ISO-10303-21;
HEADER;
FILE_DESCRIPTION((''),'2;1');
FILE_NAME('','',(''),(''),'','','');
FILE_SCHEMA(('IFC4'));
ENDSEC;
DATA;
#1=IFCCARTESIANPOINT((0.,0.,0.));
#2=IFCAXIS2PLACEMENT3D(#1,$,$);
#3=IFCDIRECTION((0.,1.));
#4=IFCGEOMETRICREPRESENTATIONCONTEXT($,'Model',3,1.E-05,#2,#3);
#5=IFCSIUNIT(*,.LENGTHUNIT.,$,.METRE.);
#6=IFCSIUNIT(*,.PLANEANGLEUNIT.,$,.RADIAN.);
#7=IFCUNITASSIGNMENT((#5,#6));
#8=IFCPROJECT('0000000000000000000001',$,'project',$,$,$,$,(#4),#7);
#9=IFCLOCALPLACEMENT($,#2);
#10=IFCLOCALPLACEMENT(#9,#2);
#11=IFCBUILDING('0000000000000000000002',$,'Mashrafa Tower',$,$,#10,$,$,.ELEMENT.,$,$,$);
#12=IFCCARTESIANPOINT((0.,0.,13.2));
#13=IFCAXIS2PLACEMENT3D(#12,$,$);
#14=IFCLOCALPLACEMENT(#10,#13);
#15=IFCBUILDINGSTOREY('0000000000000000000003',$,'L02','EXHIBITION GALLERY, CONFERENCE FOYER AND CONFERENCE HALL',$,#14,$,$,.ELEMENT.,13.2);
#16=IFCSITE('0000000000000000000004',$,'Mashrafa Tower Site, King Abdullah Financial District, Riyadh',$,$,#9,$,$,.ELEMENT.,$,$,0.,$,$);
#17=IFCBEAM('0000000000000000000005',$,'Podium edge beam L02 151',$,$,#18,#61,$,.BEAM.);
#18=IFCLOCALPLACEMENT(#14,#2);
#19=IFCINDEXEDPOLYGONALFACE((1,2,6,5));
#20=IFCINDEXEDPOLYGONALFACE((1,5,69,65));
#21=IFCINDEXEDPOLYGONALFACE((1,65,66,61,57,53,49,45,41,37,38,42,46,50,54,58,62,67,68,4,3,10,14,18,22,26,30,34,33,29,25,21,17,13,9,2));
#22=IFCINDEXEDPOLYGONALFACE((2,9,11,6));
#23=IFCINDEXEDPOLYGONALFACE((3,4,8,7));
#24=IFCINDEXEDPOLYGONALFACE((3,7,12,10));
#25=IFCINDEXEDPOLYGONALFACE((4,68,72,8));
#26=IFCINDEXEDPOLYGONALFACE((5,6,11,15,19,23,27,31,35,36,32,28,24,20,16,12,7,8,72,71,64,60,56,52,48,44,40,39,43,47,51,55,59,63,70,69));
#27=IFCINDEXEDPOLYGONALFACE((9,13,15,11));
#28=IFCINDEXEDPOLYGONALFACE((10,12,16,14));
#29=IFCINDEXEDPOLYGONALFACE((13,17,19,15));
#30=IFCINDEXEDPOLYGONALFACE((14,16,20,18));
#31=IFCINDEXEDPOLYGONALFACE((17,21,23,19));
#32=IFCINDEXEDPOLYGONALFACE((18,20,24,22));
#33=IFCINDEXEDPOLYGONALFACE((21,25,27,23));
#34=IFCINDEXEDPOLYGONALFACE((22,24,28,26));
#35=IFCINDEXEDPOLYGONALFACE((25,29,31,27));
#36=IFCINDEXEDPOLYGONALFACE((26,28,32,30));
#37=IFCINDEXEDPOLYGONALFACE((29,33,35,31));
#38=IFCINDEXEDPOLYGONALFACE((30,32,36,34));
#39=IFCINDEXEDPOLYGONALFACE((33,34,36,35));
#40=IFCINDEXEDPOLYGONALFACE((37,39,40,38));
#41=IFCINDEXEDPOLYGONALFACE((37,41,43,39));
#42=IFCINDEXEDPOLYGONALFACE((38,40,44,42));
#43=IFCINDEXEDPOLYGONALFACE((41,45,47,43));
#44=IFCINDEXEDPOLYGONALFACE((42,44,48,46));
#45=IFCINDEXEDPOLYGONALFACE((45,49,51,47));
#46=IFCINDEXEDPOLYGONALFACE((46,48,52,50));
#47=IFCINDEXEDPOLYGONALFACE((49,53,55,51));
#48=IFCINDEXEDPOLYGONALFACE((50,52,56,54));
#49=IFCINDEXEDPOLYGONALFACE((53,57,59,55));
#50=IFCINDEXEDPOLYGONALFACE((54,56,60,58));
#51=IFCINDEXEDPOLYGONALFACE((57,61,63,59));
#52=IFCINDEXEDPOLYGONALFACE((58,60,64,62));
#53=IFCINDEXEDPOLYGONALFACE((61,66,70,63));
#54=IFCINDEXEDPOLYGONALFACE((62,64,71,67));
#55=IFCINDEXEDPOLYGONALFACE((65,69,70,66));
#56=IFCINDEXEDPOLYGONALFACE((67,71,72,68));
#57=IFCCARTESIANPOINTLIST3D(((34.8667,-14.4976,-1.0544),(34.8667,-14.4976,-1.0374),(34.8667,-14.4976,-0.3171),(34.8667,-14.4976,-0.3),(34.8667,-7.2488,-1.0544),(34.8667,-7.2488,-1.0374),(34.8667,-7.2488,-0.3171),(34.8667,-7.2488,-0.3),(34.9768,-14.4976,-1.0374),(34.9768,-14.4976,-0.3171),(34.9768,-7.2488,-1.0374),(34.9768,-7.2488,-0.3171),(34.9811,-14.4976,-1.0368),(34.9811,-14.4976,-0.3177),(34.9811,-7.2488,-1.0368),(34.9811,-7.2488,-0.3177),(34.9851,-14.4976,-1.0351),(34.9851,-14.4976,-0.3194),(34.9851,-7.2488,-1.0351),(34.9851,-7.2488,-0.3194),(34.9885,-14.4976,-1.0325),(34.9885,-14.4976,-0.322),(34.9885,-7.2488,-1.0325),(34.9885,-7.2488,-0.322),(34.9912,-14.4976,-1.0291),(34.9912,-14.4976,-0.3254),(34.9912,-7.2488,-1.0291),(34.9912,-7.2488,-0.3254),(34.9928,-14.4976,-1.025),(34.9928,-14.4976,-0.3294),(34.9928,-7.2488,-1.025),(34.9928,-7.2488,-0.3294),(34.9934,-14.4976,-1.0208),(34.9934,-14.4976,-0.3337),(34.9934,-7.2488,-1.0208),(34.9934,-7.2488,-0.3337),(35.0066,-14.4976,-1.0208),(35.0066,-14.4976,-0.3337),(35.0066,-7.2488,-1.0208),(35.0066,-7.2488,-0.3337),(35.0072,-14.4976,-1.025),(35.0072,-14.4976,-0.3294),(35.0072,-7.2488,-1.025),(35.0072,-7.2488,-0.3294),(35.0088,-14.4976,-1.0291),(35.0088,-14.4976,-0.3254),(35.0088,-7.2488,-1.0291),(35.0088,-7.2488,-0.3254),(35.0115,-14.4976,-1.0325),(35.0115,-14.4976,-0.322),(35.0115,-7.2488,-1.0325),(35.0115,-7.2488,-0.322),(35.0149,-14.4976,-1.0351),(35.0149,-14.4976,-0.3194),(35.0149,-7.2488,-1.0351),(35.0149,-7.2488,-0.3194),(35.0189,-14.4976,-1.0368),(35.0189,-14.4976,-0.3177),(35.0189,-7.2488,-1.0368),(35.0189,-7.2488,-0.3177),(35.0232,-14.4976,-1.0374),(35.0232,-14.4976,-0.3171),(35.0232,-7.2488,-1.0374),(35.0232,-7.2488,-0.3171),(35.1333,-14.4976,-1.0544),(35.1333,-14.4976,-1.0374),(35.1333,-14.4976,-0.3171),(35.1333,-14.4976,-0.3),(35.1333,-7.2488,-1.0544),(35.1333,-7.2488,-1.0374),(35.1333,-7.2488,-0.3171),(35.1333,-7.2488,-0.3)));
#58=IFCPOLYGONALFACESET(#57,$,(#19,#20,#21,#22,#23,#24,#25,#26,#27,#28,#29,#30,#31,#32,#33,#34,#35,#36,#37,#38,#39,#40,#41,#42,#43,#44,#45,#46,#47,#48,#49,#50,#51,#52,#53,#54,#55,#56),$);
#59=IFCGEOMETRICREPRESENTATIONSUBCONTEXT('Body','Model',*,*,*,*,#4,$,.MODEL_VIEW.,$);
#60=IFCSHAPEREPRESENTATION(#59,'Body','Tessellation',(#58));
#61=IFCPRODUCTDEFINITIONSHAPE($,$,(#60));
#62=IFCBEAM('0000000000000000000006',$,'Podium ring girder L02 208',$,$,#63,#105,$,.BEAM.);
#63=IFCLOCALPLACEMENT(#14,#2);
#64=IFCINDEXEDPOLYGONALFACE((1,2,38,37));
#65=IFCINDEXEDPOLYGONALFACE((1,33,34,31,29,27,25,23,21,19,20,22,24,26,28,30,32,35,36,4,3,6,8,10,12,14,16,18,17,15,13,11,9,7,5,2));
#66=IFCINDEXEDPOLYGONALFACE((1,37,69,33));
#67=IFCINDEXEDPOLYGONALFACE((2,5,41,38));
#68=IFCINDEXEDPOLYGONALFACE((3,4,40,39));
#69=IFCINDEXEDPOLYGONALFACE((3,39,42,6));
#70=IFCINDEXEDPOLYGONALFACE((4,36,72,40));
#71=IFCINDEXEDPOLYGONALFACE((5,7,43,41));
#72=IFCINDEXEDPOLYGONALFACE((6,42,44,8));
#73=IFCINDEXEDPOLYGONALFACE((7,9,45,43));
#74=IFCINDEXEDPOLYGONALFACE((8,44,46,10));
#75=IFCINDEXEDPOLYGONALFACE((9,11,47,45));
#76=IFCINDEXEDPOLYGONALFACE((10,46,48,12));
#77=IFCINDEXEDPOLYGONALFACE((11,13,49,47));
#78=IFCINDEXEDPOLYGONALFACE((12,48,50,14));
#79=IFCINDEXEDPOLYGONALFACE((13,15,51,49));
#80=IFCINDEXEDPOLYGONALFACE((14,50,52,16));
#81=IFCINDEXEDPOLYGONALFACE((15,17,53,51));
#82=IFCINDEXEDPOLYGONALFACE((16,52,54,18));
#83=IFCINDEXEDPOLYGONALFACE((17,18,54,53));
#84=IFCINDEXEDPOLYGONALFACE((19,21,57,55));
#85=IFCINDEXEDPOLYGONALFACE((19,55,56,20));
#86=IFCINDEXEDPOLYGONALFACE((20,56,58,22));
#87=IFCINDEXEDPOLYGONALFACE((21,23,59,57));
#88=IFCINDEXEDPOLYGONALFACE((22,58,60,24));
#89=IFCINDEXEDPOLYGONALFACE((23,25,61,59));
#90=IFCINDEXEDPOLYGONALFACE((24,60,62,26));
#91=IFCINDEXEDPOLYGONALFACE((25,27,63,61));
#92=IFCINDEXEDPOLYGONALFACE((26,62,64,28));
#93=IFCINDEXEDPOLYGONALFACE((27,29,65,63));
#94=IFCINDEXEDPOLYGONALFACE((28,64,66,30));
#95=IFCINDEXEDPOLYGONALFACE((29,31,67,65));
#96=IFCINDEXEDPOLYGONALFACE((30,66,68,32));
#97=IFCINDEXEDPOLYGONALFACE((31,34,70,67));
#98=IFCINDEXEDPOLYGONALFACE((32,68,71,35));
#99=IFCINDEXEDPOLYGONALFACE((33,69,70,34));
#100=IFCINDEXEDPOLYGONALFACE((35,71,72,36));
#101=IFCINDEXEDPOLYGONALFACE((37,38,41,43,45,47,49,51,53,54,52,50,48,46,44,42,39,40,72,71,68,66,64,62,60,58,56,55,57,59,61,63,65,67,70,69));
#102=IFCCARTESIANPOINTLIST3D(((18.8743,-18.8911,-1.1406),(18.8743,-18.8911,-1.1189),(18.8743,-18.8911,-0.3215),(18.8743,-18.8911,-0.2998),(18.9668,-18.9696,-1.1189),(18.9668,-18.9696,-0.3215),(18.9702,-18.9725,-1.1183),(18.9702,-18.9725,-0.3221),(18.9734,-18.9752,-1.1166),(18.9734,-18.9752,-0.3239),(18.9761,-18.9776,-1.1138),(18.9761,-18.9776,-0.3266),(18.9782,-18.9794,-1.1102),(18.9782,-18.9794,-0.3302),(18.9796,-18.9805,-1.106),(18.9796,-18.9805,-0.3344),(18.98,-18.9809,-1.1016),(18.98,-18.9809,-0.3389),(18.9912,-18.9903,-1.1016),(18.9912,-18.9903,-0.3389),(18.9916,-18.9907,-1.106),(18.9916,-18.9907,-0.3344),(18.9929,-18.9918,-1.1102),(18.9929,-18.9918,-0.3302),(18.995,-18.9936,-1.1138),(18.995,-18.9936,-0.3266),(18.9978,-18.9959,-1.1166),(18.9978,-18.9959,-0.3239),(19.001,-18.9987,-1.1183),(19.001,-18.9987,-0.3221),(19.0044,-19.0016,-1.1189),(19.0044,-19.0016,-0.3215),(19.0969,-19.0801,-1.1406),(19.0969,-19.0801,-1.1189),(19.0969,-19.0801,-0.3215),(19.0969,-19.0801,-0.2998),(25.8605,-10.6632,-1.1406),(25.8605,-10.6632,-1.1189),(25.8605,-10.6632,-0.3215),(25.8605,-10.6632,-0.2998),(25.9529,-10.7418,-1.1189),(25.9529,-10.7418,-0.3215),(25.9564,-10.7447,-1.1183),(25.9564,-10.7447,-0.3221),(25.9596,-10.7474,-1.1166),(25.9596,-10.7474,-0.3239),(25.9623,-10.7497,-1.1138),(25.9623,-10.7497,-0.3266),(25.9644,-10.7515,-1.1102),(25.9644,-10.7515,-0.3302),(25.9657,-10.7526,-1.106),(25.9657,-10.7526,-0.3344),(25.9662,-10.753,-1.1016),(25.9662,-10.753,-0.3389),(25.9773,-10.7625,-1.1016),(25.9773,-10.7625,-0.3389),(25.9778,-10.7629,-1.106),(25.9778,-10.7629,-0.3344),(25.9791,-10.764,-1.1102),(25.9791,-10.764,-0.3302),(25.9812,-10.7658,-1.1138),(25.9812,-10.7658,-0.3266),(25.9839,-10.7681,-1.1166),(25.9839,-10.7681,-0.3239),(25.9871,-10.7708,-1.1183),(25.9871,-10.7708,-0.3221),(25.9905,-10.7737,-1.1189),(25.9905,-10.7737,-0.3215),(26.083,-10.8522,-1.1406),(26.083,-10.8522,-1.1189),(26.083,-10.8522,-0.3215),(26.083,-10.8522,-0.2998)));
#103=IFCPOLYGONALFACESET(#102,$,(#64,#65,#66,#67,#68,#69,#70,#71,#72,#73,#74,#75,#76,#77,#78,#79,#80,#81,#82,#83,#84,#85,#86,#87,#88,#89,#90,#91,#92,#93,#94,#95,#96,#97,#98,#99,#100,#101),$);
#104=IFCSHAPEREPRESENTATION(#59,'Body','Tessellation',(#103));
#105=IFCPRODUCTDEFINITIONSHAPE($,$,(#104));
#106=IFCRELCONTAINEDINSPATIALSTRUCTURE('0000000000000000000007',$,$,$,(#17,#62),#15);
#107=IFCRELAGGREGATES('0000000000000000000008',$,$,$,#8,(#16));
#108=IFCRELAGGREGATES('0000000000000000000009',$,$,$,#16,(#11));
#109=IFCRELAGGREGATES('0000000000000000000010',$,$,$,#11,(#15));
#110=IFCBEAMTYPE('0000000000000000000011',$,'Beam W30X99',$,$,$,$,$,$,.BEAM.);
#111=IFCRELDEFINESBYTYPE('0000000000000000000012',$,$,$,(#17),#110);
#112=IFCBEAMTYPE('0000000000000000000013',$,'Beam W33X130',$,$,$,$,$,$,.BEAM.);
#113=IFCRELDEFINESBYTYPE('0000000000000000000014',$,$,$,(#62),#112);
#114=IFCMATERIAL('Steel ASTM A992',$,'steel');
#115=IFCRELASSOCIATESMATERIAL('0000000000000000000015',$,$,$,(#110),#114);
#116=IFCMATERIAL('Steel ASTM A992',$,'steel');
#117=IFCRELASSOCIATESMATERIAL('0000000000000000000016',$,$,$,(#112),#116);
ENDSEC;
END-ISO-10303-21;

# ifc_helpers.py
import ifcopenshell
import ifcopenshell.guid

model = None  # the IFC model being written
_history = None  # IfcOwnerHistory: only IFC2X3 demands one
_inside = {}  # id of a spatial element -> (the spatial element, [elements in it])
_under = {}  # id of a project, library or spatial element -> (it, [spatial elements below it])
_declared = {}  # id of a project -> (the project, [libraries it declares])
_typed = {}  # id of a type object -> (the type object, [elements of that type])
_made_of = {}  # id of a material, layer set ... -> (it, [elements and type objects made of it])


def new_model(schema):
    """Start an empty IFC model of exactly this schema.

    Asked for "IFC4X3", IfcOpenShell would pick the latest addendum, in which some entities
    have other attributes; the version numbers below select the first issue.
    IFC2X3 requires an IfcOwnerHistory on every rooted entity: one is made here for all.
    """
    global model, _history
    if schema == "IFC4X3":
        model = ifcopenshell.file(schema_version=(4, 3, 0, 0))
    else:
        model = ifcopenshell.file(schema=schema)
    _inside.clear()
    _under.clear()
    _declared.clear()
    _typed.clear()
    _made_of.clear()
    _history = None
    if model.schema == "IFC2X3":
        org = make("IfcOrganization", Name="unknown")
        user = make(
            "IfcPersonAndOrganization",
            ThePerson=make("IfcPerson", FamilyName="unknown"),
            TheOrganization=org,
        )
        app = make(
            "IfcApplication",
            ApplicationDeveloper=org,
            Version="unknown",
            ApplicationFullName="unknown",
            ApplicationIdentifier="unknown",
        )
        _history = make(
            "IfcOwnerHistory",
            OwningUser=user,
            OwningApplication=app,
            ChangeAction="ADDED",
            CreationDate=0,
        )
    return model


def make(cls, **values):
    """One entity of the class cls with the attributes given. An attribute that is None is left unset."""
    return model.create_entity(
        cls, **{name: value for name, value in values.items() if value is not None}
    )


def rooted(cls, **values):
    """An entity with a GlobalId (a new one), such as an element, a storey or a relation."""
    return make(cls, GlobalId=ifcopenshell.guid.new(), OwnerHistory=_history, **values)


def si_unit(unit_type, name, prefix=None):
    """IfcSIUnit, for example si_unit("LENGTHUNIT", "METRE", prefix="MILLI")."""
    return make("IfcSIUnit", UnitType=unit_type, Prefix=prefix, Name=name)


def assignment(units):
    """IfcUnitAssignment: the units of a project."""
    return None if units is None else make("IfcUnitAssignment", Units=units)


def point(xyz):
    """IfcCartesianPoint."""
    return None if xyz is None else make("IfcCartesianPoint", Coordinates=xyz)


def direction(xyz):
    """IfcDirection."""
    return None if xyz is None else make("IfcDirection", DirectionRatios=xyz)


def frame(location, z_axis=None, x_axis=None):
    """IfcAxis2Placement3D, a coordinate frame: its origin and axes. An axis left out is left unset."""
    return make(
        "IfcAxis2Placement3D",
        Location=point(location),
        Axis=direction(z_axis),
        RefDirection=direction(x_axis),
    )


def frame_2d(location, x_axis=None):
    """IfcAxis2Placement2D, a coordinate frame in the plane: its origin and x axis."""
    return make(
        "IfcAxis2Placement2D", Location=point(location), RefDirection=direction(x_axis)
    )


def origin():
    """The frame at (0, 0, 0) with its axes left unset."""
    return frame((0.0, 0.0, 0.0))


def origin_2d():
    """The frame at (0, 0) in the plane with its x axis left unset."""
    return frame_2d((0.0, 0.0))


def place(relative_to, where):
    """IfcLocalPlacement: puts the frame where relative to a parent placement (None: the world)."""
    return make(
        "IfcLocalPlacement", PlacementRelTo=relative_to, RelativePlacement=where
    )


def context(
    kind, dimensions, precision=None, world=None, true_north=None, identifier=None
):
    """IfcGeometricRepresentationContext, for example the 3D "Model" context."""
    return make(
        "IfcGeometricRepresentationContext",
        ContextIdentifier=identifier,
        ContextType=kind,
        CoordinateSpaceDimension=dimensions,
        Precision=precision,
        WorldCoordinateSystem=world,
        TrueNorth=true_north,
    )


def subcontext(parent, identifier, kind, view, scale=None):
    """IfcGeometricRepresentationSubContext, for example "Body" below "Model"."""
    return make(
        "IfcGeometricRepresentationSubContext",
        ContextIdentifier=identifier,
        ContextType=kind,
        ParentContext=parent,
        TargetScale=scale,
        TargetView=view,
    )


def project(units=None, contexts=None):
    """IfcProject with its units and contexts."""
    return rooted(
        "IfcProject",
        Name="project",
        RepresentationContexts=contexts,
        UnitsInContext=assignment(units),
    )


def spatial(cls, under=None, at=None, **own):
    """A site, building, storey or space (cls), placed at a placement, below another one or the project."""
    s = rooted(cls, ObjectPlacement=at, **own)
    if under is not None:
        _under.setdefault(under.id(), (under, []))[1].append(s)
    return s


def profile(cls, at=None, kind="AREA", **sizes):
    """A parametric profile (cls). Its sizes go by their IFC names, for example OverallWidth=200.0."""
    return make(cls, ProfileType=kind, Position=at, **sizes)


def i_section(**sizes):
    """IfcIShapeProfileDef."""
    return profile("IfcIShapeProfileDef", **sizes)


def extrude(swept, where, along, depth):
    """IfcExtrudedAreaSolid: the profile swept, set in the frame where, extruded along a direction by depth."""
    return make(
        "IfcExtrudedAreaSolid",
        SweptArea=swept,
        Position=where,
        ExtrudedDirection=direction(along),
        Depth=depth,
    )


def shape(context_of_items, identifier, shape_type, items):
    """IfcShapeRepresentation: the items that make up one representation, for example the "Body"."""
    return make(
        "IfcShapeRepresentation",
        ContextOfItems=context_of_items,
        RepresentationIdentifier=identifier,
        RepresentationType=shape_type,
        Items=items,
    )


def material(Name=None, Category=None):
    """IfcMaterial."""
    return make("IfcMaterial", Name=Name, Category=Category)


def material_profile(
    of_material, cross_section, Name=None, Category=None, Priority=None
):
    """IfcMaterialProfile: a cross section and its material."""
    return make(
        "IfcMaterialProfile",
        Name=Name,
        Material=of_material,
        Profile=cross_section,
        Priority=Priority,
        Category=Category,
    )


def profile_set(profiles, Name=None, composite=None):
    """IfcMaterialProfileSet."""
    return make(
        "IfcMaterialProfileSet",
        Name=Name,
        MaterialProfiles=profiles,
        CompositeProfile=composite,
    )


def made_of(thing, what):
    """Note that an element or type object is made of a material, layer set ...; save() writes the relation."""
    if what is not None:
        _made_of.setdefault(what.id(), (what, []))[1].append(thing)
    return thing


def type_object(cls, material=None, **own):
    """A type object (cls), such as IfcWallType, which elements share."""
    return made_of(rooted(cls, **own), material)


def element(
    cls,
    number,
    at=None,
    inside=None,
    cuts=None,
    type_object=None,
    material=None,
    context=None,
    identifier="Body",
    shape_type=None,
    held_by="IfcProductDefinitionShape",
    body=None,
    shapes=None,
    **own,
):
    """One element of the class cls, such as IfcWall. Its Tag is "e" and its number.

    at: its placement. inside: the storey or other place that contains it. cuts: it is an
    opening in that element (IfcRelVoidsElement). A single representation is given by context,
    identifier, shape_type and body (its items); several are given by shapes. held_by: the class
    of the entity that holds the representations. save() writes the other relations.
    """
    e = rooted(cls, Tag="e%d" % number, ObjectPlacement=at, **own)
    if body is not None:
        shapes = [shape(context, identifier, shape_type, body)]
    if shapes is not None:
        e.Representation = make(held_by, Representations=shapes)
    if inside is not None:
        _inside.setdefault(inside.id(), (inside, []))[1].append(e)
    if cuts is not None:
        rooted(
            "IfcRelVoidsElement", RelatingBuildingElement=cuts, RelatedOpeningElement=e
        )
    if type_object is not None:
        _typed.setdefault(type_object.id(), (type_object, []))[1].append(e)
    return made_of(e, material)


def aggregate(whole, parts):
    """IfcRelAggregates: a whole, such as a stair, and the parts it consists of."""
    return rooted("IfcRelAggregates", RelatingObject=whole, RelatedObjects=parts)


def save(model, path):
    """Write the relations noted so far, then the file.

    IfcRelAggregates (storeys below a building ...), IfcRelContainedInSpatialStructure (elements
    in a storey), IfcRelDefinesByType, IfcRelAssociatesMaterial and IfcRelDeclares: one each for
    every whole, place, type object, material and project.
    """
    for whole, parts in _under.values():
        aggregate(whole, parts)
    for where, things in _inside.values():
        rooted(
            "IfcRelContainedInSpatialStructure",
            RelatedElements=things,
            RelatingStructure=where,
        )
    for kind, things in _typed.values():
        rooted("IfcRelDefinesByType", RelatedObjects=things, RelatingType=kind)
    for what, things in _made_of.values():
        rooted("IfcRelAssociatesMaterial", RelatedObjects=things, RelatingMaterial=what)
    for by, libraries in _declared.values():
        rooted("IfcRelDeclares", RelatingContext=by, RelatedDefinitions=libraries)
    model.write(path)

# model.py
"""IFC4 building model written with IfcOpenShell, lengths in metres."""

from ifc_helpers import new_model, si_unit, direction, frame, origin, origin_2d, place, context, subcontext, project, spatial, i_section, extrude, material, material_profile, profile_set, type_object, element, save


model = new_model("IFC4")

# Units and contexts
model_context = context("Model", 3, precision=1e-05, world=origin(), true_north=direction((0.0, 1.0)))
body_context = subcontext(model_context, "Body", "Model", "MODEL_VIEW")
ifc_project = project(units=[si_unit("LENGTHUNIT", "METRE"), si_unit("PLANEANGLEUNIT", "RADIAN")], contexts=[model_context])

# Site, building, storey
site_placement = place(None, origin())
site = spatial("IfcSite", under=ifc_project, at=site_placement, Name="Mashrafa Tower Site, King Abdullah Financial District, Riyadh", CompositionType="ELEMENT", RefElevation=0.0)
building_placement = place(site_placement, origin())
building = spatial("IfcBuilding", under=site, at=building_placement, Name="Mashrafa Tower", CompositionType="ELEMENT")
storey_placement = place(building_placement, frame((0.0, 0.0, 13.2)))
storey = spatial("IfcBuildingStorey", under=building, at=storey_placement, Name="L02", Description="EXHIBITION GALLERY, CONFERENCE FOYER AND CONFERENCE HALL", CompositionType="ELEMENT", Elevation=13.2)

# Beams
ifc_material_1 = material(Name="Steel ASTM A992", Category="steel")
ifc_material_profile_1 = material_profile(ifc_material_1, i_section(OverallWidth=0.2666, OverallDepth=0.7544, WebThickness=0.0132, FlangeThickness=0.0171, FilletRadius=0.0166, at=origin_2d()), Name="W30X99")
ifc_profile_set_1 = profile_set([ifc_material_profile_1], Name="Steel ASTM A992")
beam_type_1 = type_object("IfcBeamType", Name="Beam W30X99", PredefinedType="BEAM", material=ifc_profile_set_1)
beam_1_placement = place(storey_placement, frame((35.0, -14.4976, -0.6772), z_axis=(0.0, 1.0, 0.0), x_axis=(-1.0, 0.0, 0.0)))
element("IfcBeam", 1, at=beam_1_placement, inside=storey, type_object=beam_type_1, Name="Podium edge beam L02 151", PredefinedType="BEAM", context=body_context, shape_type="SweptSolid", body=[
    extrude(i_section(OverallWidth=0.2666, OverallDepth=0.7544, WebThickness=0.0132, FlangeThickness=0.0171, FilletRadius=0.0166, at=origin_2d()), origin(), (0.0, 0.0, 1.0), 7.2488),
])
ifc_material_2 = material(Name="Steel ASTM A992", Category="steel")
ifc_material_profile_2 = material_profile(ifc_material_2, i_section(OverallWidth=0.292, OverallDepth=0.8408, WebThickness=0.0146, FlangeThickness=0.0217, FilletRadius=0.0173, at=origin_2d()), Name="W33X130")
ifc_profile_set_2 = profile_set([ifc_material_profile_2], Name="Steel ASTM A992")
beam_type_2 = type_object("IfcBeamType", Name="Beam W33X130", PredefinedType="BEAM", material=ifc_profile_set_2)
beam_2_placement = place(storey_placement, frame((18.9856, -18.9856, -0.7202), z_axis=(0.647243, 0.762284, 0.0), x_axis=(-0.762284, 0.647243, 0.0)))
element("IfcBeam", 2, at=beam_2_placement, inside=storey, type_object=beam_type_2, Name="Podium ring girder L02 208", PredefinedType="BEAM", context=body_context, shape_type="SweptSolid", body=[
    extrude(i_section(OverallWidth=0.292, OverallDepth=0.8408, WebThickness=0.0146, FlangeThickness=0.0217, FilletRadius=0.0173, at=origin_2d()), origin(), (0.0, 0.0, 1.0), 10.7937),
])

save(model, "model.ifc")
